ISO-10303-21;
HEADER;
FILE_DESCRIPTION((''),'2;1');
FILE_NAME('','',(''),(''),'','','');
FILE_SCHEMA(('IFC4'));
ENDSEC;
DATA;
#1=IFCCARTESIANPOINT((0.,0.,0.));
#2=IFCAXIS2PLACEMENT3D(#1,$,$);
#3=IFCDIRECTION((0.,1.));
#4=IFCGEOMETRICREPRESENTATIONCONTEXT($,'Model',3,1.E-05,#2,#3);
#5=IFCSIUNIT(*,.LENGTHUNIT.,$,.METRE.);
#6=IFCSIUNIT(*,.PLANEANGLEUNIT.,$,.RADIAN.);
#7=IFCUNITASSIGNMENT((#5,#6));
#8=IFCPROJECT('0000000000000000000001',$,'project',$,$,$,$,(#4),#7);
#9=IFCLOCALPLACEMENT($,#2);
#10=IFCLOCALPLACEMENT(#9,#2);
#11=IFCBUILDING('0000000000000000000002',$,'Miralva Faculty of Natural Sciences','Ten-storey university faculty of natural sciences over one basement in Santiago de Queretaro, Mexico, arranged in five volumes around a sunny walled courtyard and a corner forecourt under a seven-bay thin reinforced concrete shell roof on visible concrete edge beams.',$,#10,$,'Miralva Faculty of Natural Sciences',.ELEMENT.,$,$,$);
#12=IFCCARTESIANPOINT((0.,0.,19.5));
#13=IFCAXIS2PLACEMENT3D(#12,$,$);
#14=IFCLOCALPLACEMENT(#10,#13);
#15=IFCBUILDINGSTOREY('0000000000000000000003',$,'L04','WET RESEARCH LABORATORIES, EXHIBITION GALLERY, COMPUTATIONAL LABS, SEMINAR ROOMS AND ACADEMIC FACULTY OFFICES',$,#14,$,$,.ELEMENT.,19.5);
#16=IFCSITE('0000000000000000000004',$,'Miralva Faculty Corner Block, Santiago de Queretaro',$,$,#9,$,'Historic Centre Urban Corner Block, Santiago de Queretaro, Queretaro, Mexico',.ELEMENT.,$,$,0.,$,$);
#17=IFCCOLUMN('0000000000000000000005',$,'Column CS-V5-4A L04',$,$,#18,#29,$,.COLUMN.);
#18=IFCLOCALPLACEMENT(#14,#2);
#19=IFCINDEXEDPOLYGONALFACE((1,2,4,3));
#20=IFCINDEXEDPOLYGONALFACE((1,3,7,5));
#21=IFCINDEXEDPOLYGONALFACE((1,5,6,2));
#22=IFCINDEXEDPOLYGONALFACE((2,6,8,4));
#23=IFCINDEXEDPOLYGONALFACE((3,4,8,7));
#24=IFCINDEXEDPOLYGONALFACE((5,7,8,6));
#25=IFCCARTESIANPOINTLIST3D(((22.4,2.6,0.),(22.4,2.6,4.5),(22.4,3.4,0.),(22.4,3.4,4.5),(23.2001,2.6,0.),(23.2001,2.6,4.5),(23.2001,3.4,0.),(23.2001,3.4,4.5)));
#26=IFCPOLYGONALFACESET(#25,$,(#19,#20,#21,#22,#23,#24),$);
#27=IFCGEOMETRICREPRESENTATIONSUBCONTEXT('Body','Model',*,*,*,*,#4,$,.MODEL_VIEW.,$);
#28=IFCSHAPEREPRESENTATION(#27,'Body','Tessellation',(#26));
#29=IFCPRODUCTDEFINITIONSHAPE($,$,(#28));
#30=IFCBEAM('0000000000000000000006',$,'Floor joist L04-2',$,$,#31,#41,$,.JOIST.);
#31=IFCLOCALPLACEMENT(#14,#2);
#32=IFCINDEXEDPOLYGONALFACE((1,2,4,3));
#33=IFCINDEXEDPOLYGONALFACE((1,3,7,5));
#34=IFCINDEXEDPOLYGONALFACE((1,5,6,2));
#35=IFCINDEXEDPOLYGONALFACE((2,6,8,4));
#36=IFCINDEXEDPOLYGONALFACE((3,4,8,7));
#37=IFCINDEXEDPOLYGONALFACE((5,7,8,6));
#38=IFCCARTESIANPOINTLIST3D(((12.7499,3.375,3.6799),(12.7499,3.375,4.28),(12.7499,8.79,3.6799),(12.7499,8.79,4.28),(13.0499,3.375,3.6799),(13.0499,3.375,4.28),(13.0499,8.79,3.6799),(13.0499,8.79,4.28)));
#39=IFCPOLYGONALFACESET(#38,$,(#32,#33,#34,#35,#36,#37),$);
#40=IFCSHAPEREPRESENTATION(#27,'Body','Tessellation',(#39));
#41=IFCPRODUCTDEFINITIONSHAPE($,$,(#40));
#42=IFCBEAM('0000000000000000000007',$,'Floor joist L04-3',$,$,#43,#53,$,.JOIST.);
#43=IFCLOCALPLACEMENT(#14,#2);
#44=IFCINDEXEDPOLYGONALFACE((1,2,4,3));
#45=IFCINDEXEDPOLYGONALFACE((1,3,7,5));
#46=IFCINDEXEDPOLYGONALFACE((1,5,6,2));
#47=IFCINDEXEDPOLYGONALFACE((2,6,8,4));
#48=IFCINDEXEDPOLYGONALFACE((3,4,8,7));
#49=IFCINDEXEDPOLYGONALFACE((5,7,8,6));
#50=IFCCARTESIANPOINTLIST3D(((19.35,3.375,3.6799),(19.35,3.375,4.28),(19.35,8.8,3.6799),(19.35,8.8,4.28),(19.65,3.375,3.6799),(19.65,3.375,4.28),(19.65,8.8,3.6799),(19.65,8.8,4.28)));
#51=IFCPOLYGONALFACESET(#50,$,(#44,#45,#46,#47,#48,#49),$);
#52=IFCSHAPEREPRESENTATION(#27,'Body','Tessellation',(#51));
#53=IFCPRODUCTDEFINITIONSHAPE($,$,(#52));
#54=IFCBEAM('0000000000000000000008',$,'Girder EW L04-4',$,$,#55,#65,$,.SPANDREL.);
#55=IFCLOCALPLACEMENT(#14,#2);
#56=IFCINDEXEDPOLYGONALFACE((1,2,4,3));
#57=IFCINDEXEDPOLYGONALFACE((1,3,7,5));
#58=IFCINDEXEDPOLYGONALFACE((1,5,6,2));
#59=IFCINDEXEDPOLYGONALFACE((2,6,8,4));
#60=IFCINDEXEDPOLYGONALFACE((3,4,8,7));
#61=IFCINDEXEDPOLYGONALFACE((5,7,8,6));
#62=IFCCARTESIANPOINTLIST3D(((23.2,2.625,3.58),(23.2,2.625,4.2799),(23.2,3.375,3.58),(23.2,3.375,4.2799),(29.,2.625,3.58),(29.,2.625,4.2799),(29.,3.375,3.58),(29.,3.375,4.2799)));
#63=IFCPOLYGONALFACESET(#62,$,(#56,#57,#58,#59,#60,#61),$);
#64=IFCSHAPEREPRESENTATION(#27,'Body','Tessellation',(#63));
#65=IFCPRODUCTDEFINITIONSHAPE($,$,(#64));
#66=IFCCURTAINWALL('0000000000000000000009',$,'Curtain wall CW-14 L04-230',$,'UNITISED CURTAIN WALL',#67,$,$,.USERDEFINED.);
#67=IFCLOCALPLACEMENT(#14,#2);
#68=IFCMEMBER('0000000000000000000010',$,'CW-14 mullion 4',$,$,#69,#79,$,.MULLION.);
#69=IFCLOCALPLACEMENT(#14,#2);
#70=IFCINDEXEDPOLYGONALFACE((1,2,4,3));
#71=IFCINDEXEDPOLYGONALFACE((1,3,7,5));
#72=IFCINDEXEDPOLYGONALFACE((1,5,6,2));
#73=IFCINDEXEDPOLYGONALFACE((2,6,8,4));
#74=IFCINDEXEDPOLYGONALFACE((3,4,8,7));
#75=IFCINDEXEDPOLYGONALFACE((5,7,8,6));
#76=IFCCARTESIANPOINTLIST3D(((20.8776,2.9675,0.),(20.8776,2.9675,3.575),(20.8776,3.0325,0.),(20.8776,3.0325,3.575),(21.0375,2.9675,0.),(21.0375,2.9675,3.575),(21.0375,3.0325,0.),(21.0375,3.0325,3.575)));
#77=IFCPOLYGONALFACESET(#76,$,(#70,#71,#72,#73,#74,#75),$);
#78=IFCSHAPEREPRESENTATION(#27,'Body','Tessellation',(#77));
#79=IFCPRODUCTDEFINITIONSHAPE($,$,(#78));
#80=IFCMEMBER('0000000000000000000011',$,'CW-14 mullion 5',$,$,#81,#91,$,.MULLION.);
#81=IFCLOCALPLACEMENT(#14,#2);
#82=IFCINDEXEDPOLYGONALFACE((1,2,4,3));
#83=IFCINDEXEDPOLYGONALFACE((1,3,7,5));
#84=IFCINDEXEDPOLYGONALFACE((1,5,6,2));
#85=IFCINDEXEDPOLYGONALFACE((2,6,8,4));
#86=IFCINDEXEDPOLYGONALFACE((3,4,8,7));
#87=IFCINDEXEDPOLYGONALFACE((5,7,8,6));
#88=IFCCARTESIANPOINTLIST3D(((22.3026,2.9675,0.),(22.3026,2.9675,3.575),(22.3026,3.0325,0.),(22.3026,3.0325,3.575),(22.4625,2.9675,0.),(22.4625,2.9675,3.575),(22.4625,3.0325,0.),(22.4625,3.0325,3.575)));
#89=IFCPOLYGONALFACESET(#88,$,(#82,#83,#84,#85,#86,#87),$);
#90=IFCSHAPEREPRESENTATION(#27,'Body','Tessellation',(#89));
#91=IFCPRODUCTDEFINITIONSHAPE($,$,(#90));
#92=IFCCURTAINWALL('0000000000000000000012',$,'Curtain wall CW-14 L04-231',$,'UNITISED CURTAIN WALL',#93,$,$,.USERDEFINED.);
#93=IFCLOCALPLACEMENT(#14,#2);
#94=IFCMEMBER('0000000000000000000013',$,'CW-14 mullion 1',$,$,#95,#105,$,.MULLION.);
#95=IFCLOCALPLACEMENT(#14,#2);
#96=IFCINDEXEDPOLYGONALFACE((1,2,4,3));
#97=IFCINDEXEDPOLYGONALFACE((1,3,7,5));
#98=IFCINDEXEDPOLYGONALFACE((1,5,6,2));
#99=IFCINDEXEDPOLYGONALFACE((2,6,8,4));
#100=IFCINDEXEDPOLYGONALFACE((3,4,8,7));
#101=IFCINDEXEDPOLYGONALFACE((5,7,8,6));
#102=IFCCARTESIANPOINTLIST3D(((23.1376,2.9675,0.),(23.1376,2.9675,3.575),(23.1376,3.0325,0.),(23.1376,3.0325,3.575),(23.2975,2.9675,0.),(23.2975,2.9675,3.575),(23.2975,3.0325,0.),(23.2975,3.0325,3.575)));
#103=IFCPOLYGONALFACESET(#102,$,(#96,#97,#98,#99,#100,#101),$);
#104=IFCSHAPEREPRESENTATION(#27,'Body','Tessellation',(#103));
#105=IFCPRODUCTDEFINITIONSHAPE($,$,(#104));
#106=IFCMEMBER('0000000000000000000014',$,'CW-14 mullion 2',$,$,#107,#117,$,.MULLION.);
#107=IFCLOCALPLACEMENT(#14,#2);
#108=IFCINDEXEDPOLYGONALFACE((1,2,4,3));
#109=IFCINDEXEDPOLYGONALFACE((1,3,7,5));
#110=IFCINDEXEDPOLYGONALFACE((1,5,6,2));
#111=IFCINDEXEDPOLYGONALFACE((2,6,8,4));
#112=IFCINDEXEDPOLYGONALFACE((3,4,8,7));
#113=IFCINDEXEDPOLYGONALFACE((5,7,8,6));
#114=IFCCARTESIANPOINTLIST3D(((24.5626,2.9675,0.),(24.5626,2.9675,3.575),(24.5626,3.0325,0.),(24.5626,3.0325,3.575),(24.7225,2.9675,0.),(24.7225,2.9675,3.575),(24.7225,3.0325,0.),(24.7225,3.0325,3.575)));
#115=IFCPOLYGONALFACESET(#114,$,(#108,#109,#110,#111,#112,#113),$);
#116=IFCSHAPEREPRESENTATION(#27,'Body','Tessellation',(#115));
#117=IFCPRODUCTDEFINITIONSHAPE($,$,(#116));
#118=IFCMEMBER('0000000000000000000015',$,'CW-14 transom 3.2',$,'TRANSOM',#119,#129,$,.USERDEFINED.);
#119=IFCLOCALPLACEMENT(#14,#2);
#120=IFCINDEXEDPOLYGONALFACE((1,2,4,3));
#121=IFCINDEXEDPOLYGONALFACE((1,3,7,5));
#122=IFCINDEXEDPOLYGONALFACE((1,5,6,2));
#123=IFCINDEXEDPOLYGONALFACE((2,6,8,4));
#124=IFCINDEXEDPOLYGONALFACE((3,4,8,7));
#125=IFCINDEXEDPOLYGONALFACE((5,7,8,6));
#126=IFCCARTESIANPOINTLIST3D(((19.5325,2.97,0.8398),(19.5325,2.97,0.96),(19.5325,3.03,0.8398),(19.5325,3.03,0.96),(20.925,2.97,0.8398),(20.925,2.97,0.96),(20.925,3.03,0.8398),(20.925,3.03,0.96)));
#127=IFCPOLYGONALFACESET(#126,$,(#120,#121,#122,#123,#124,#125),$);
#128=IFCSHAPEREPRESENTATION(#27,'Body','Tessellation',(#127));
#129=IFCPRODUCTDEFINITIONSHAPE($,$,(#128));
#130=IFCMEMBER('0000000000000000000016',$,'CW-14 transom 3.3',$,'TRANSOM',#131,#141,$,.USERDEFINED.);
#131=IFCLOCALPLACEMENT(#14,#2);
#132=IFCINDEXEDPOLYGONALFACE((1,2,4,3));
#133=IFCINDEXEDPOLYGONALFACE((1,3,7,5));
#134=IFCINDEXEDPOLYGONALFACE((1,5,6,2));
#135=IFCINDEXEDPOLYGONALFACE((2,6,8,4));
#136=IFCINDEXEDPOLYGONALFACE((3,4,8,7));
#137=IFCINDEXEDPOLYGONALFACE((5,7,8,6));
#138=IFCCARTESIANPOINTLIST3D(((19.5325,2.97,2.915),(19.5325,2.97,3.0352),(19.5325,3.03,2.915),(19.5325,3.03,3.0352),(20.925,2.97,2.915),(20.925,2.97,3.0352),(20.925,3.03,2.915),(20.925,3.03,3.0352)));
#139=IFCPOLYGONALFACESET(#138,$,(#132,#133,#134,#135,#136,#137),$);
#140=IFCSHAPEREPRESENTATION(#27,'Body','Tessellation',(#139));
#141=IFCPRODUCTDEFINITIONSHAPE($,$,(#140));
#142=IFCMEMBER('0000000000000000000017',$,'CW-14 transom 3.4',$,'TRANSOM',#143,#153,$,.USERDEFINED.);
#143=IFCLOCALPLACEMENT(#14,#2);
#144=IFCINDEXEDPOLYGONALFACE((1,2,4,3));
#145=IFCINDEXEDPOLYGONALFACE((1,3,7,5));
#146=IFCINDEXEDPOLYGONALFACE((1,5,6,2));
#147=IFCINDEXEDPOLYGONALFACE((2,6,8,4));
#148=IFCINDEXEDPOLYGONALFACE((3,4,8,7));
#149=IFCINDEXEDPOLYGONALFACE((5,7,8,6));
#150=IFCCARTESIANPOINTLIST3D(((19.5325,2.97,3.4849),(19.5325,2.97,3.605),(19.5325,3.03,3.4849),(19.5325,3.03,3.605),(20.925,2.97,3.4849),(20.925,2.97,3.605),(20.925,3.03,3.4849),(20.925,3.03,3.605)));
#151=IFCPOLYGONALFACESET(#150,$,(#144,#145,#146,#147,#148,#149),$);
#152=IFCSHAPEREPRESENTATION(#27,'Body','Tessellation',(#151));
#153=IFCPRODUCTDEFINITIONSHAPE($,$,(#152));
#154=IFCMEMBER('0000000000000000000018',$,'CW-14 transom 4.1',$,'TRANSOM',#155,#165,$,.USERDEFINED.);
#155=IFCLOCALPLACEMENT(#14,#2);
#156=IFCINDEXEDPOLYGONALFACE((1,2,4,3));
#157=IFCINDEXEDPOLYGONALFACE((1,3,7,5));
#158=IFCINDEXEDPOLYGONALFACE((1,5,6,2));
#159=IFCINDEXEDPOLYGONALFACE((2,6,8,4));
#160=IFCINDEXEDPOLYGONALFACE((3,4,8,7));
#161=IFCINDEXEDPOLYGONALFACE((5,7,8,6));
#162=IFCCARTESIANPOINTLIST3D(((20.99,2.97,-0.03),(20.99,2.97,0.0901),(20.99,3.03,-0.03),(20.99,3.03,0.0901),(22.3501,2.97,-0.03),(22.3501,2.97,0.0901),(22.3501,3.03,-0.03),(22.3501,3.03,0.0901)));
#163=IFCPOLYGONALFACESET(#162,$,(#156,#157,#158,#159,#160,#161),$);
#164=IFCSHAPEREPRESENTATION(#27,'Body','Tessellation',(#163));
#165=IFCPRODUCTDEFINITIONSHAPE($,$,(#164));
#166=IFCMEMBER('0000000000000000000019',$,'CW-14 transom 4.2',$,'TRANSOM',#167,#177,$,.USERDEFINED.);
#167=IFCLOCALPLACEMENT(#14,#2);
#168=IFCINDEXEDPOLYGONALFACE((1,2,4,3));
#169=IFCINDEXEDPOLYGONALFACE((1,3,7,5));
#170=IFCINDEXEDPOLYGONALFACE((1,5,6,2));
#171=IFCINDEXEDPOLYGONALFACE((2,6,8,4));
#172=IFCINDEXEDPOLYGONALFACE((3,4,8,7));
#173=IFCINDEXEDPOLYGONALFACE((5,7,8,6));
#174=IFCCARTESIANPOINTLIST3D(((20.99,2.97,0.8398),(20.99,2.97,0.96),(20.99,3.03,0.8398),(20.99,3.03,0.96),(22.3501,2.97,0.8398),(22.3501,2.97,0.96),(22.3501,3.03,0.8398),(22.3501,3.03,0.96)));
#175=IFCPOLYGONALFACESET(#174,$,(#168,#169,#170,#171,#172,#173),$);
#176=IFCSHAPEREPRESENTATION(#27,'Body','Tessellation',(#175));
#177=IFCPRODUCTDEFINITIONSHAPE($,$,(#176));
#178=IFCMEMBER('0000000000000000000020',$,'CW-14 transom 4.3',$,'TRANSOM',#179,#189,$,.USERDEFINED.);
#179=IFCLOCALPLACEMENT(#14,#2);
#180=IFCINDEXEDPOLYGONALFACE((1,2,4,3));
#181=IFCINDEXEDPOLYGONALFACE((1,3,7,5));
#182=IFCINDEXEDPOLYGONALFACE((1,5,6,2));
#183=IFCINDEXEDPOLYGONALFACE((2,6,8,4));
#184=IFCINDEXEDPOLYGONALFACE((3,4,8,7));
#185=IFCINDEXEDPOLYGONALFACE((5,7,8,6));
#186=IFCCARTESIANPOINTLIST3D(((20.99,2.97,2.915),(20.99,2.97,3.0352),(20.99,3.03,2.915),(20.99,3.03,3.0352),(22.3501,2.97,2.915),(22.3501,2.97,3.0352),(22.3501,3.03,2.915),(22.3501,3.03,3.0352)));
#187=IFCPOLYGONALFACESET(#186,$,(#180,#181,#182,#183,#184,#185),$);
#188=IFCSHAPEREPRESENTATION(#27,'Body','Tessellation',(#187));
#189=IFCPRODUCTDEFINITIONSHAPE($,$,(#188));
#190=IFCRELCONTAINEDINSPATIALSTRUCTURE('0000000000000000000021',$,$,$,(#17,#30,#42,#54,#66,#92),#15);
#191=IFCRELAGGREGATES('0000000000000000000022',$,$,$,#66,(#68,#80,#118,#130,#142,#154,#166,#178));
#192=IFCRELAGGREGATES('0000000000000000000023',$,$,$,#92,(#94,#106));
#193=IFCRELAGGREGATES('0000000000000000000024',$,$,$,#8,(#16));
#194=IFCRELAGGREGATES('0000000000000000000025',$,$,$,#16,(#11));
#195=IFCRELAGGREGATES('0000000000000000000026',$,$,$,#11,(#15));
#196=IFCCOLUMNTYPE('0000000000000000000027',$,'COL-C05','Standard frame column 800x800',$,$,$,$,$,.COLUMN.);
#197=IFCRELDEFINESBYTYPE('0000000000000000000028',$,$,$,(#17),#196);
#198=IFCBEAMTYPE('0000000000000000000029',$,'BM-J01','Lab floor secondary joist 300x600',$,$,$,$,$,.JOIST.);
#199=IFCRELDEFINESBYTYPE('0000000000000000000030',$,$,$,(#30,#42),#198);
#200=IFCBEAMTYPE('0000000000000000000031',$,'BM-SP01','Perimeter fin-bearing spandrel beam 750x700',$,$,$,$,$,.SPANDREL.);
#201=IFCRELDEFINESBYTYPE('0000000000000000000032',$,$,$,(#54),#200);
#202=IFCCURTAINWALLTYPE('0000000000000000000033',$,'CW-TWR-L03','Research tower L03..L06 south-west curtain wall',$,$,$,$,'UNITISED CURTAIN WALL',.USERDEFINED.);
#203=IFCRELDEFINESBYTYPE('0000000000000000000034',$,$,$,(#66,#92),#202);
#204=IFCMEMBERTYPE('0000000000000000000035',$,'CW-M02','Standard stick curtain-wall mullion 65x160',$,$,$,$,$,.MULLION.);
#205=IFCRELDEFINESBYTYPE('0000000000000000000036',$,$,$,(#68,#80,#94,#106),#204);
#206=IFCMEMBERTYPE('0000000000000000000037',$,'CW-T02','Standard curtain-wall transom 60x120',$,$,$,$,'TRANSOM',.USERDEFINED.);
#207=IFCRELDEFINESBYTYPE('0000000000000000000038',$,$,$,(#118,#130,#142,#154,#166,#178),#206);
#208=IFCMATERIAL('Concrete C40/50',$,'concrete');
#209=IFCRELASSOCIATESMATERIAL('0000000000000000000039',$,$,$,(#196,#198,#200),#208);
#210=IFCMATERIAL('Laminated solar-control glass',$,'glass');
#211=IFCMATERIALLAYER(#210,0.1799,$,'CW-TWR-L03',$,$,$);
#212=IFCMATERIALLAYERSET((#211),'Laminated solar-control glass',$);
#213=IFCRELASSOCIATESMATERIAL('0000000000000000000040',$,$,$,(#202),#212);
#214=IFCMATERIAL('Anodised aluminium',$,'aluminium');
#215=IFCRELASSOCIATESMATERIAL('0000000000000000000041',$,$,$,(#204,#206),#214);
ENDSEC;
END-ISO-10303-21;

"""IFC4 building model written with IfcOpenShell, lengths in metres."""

from ifc_helpers import new_model, si_unit, direction, frame, origin, origin_2d, place, context, subcontext, project, spatial, rectangle, extrude, material, layer, layer_set, material_profile, profile_set, type_object, element, aggregate, save


model = new_model("IFC4")

# Units and contexts
model_context = context("Model", 3, precision=1e-05, world=origin(), true_north=direction((0.0, 1.0)))
body_context = subcontext(model_context, "Body", "Model", "MODEL_VIEW")
ifc_project = project(units=[si_unit("LENGTHUNIT", "METRE"), si_unit("PLANEANGLEUNIT", "RADIAN")], contexts=[model_context])

# Site, building, storey
site_placement = place(None, origin())
site = spatial("IfcSite", under=ifc_project, at=site_placement, Name="Miralva Faculty Corner Block, Santiago de Queretaro", LongName="Historic Centre Urban Corner Block, Santiago de Queretaro, Queretaro, Mexico", CompositionType="ELEMENT", RefElevation=0.0)
building_placement = place(site_placement, origin())
building = spatial("IfcBuilding", under=site, at=building_placement, Name="Miralva Faculty of Natural Sciences", Description="Ten-storey university faculty of natural sciences over one basement in Santiago de Queretaro, Mexico, arranged in five volumes around a sunny walled courtyard and a corner forecourt under a seven-bay thin reinforced concrete shell roof on visible concrete edge beams.", LongName="Miralva Faculty of Natural Sciences", CompositionType="ELEMENT")
storey_placement = place(building_placement, frame((0.0, 0.0, 19.5)))
storey = spatial("IfcBuildingStorey", under=building, at=storey_placement, Name="L04", Description="WET RESEARCH LABORATORIES, EXHIBITION GALLERY, COMPUTATIONAL LABS, SEMINAR ROOMS AND ACADEMIC FACULTY OFFICES", CompositionType="ELEMENT", Elevation=19.5)

# Column
ifc_material_1 = material(Name="Concrete C40/50", Category="concrete")
ifc_material_profile_1 = material_profile(ifc_material_1, rectangle(XDim=0.8, YDim=0.8, at=origin_2d()), Name="RC 800x800")
ifc_profile_set_1 = profile_set([ifc_material_profile_1], Name="Concrete C40/50")
column_type = type_object("IfcColumnType", Name="COL-C05", Description="Standard frame column 800x800", PredefinedType="COLUMN", material=ifc_profile_set_1)
column_placement = place(storey_placement, frame((22.8, 3.0, 0.0), z_axis=(0.0, 0.0, 1.0), x_axis=(1.0, 0.0, 0.0)))
element("IfcColumn", 1, at=column_placement, inside=storey, type_object=column_type, Name="Column CS-V5-4A L04", PredefinedType="COLUMN", context=body_context, shape_type="SweptSolid", body=[
    extrude(rectangle(XDim=0.8, YDim=0.8, at=origin_2d()), origin(), (0.0, 0.0, 1.0), 4.5),
])

# Beams
ifc_material_profile_2 = material_profile(ifc_material_1, rectangle(XDim=0.3, YDim=0.6001, at=origin_2d()), Name="RC 300x600")
ifc_profile_set_2 = profile_set([ifc_material_profile_2], Name="Concrete C40/50")
beam_type_1 = type_object("IfcBeamType", Name="BM-J01", Description="Lab floor secondary joist 300x600", PredefinedType="JOIST", material=ifc_profile_set_2)
beam_1_placement = place(storey_placement, frame((12.8999, 3.375, 3.98), z_axis=(0.0, 1.0, 0.0), x_axis=(-1.0, 0.0, 0.0)))
element("IfcBeam", 2, at=beam_1_placement, inside=storey, type_object=beam_type_1, Name="Floor joist L04-2", PredefinedType="JOIST", context=body_context, shape_type="SweptSolid", body=[
    extrude(rectangle(XDim=0.3, YDim=0.6001, at=origin_2d()), origin(), (0.0, 0.0, 1.0), 5.415),
])
beam_2_placement = place(storey_placement, frame((19.5, 3.375, 3.98), z_axis=(0.0, 1.0, 0.0), x_axis=(-1.0, 0.0, 0.0)))
element("IfcBeam", 3, at=beam_2_placement, inside=storey, type_object=beam_type_1, Name="Floor joist L04-3", PredefinedType="JOIST", context=body_context, shape_type="SweptSolid", body=[
    extrude(rectangle(XDim=0.3, YDim=0.6001, at=origin_2d()), origin(), (0.0, 0.0, 1.0), 5.425),
])
ifc_material_profile_3 = material_profile(ifc_material_1, rectangle(XDim=0.75, YDim=0.7, at=origin_2d()), Name="RC 750x700")
ifc_profile_set_3 = profile_set([ifc_material_profile_3], Name="Concrete C40/50")
beam_type_2 = type_object("IfcBeamType", Name="BM-SP01", Description="Perimeter fin-bearing spandrel beam 750x700", PredefinedType="SPANDREL", material=ifc_profile_set_3)
beam_3_placement = place(storey_placement, frame((23.2, 3.0, 3.9299), z_axis=(1.0, 0.0, 0.0), x_axis=(0.0, 1.0, 0.0)))
element("IfcBeam", 4, at=beam_3_placement, inside=storey, type_object=beam_type_2, Name="Girder EW L04-4", PredefinedType="SPANDREL", context=body_context, shape_type="SweptSolid", body=[
    extrude(rectangle(XDim=0.75, YDim=0.7, at=origin_2d()), origin(), (0.0, 0.0, 1.0), 5.8),
])

# Curtain walls, members
ifc_material_2 = material(Name="Laminated solar-control glass", Category="glass")
ifc_layer_1 = layer(ifc_material_2, 0.1799, Name="CW-TWR-L03")
ifc_layer_set_1 = layer_set([ifc_layer_1], Name="Laminated solar-control glass")
curtain_wall_type = type_object("IfcCurtainWallType", Name="CW-TWR-L03", Description="Research tower L03..L06 south-west curtain wall", ElementType="UNITISED CURTAIN WALL", PredefinedType="USERDEFINED", material=ifc_layer_set_1)
curtain_wall_1_placement = place(storey_placement, origin())
curtain_wall_1 = element("IfcCurtainWall", 5, at=curtain_wall_1_placement, inside=storey, type_object=curtain_wall_type, Name="Curtain wall CW-14 L04-230", ObjectType="UNITISED CURTAIN WALL", PredefinedType="USERDEFINED")
ifc_material_3 = material(Name="Anodised aluminium", Category="aluminium")
ifc_material_profile_4 = material_profile(ifc_material_3, rectangle(XDim=0.0649, YDim=0.1599, at=origin_2d()), Name="MULLION 65x160")
ifc_profile_set_4 = profile_set([ifc_material_profile_4], Name="Anodised aluminium")
member_type_1 = type_object("IfcMemberType", Name="CW-M02", Description="Standard stick curtain-wall mullion 65x160", PredefinedType="MULLION", material=ifc_profile_set_4)
member_1_placement = place(storey_placement, frame((20.9575, 3.0, 0.0), z_axis=(0.0, 0.0, 1.0), x_axis=(0.0, 1.0, 0.0)))
member_1 = element("IfcMember", 6, at=member_1_placement, type_object=member_type_1, Name="CW-14 mullion 4", PredefinedType="MULLION", context=body_context, shape_type="SweptSolid", body=[
    extrude(rectangle(XDim=0.0649, YDim=0.1599, at=origin_2d()), origin(), (0.0, 0.0, 1.0), 3.575),
])
member_2_placement = place(storey_placement, frame((22.3826, 3.0, 0.0), z_axis=(0.0, 0.0, 1.0), x_axis=(0.0, 1.0, 0.0)))
member_2 = element("IfcMember", 7, at=member_2_placement, type_object=member_type_1, Name="CW-14 mullion 5", PredefinedType="MULLION", context=body_context, shape_type="SweptSolid", body=[
    extrude(rectangle(XDim=0.0649, YDim=0.1599, at=origin_2d()), origin(), (0.0, 0.0, 1.0), 3.575),
])
curtain_wall_2_placement = place(storey_placement, origin())
curtain_wall_2 = element("IfcCurtainWall", 8, at=curtain_wall_2_placement, inside=storey, type_object=curtain_wall_type, Name="Curtain wall CW-14 L04-231", ObjectType="UNITISED CURTAIN WALL", PredefinedType="USERDEFINED")
member_3_placement = place(storey_placement, frame((23.2175, 3.0, 0.0), z_axis=(0.0, 0.0, 1.0), x_axis=(0.0, 1.0, 0.0)))
member_3 = element("IfcMember", 9, at=member_3_placement, type_object=member_type_1, Name="CW-14 mullion 1", PredefinedType="MULLION", context=body_context, shape_type="SweptSolid", body=[
    extrude(rectangle(XDim=0.0649, YDim=0.1599, at=origin_2d()), origin(), (0.0, 0.0, 1.0), 3.575),
])
member_4_placement = place(storey_placement, frame((24.6426, 3.0, 0.0), z_axis=(0.0, 0.0, 1.0), x_axis=(0.0, 1.0, 0.0)))
member_4 = element("IfcMember", 10, at=member_4_placement, type_object=member_type_1, Name="CW-14 mullion 2", PredefinedType="MULLION", context=body_context, shape_type="SweptSolid", body=[
    extrude(rectangle(XDim=0.0649, YDim=0.1599, at=origin_2d()), origin(), (0.0, 0.0, 1.0), 3.575),
])

# Members
ifc_material_profile_5 = material_profile(ifc_material_3, rectangle(XDim=0.0601, YDim=0.1201, at=origin_2d()), Name="TRANSOM 60x120")
ifc_profile_set_5 = profile_set([ifc_material_profile_5], Name="Anodised aluminium")
member_type_2 = type_object("IfcMemberType", Name="CW-T02", Description="Standard curtain-wall transom 60x120", ElementType="TRANSOM", PredefinedType="USERDEFINED", material=ifc_profile_set_5)
member_5_placement = place(storey_placement, frame((19.5325, 3.0, 0.8999), z_axis=(1.0, 0.0, 0.0), x_axis=(0.0, 1.0, 0.0)))
member_5 = element("IfcMember", 11, at=member_5_placement, type_object=member_type_2, Name="CW-14 transom 3.2", ObjectType="TRANSOM", PredefinedType="USERDEFINED", context=body_context, shape_type="SweptSolid", body=[
    extrude(rectangle(XDim=0.0601, YDim=0.1201, at=origin_2d()), origin(), (0.0, 0.0, 1.0), 1.3926),
])
member_6_placement = place(storey_placement, frame((19.5325, 3.0, 2.9751), z_axis=(1.0, 0.0, 0.0), x_axis=(0.0, 1.0, 0.0)))
member_6 = element("IfcMember", 12, at=member_6_placement, type_object=member_type_2, Name="CW-14 transom 3.3", ObjectType="TRANSOM", PredefinedType="USERDEFINED", context=body_context, shape_type="SweptSolid", body=[
    extrude(rectangle(XDim=0.0601, YDim=0.1201, at=origin_2d()), origin(), (0.0, 0.0, 1.0), 1.3926),
])
member_7_placement = place(storey_placement, frame((19.5325, 3.0, 3.5449), z_axis=(1.0, 0.0, 0.0), x_axis=(0.0, 1.0, 0.0)))
member_7 = element("IfcMember", 13, at=member_7_placement, type_object=member_type_2, Name="CW-14 transom 3.4", ObjectType="TRANSOM", PredefinedType="USERDEFINED", context=body_context, shape_type="SweptSolid", body=[
    extrude(rectangle(XDim=0.0601, YDim=0.1201, at=origin_2d()), origin(), (0.0, 0.0, 1.0), 1.3926),
])
member_8_placement = place(storey_placement, frame((20.99, 3.0, 0.03), z_axis=(1.0, 0.0, 0.0), x_axis=(0.0, 1.0, 0.0)))
member_8 = element("IfcMember", 14, at=member_8_placement, type_object=member_type_2, Name="CW-14 transom 4.1", ObjectType="TRANSOM", PredefinedType="USERDEFINED", context=body_context, shape_type="SweptSolid", body=[
    extrude(rectangle(XDim=0.0601, YDim=0.1201, at=origin_2d()), origin(), (0.0, 0.0, 1.0), 1.3601),
])
member_9_placement = place(storey_placement, frame((20.99, 3.0, 0.8999), z_axis=(1.0, 0.0, 0.0), x_axis=(0.0, 1.0, 0.0)))
member_9 = element("IfcMember", 15, at=member_9_placement, type_object=member_type_2, Name="CW-14 transom 4.2", ObjectType="TRANSOM", PredefinedType="USERDEFINED", context=body_context, shape_type="SweptSolid", body=[
    extrude(rectangle(XDim=0.0601, YDim=0.1201, at=origin_2d()), origin(), (0.0, 0.0, 1.0), 1.3601),
])
member_10_placement = place(storey_placement, frame((20.99, 3.0, 2.9751), z_axis=(1.0, 0.0, 0.0), x_axis=(0.0, 1.0, 0.0)))
member_10 = element("IfcMember", 16, at=member_10_placement, type_object=member_type_2, Name="CW-14 transom 4.3", ObjectType="TRANSOM", PredefinedType="USERDEFINED", context=body_context, shape_type="SweptSolid", body=[
    extrude(rectangle(XDim=0.0601, YDim=0.1201, at=origin_2d()), origin(), (0.0, 0.0, 1.0), 1.3601),
])

aggregate(curtain_wall_1, [member_1, member_2, member_5, member_6, member_7, member_8, member_9, member_10])
aggregate(curtain_wall_2, [member_3, member_4])

save(model, "model.ifc")
